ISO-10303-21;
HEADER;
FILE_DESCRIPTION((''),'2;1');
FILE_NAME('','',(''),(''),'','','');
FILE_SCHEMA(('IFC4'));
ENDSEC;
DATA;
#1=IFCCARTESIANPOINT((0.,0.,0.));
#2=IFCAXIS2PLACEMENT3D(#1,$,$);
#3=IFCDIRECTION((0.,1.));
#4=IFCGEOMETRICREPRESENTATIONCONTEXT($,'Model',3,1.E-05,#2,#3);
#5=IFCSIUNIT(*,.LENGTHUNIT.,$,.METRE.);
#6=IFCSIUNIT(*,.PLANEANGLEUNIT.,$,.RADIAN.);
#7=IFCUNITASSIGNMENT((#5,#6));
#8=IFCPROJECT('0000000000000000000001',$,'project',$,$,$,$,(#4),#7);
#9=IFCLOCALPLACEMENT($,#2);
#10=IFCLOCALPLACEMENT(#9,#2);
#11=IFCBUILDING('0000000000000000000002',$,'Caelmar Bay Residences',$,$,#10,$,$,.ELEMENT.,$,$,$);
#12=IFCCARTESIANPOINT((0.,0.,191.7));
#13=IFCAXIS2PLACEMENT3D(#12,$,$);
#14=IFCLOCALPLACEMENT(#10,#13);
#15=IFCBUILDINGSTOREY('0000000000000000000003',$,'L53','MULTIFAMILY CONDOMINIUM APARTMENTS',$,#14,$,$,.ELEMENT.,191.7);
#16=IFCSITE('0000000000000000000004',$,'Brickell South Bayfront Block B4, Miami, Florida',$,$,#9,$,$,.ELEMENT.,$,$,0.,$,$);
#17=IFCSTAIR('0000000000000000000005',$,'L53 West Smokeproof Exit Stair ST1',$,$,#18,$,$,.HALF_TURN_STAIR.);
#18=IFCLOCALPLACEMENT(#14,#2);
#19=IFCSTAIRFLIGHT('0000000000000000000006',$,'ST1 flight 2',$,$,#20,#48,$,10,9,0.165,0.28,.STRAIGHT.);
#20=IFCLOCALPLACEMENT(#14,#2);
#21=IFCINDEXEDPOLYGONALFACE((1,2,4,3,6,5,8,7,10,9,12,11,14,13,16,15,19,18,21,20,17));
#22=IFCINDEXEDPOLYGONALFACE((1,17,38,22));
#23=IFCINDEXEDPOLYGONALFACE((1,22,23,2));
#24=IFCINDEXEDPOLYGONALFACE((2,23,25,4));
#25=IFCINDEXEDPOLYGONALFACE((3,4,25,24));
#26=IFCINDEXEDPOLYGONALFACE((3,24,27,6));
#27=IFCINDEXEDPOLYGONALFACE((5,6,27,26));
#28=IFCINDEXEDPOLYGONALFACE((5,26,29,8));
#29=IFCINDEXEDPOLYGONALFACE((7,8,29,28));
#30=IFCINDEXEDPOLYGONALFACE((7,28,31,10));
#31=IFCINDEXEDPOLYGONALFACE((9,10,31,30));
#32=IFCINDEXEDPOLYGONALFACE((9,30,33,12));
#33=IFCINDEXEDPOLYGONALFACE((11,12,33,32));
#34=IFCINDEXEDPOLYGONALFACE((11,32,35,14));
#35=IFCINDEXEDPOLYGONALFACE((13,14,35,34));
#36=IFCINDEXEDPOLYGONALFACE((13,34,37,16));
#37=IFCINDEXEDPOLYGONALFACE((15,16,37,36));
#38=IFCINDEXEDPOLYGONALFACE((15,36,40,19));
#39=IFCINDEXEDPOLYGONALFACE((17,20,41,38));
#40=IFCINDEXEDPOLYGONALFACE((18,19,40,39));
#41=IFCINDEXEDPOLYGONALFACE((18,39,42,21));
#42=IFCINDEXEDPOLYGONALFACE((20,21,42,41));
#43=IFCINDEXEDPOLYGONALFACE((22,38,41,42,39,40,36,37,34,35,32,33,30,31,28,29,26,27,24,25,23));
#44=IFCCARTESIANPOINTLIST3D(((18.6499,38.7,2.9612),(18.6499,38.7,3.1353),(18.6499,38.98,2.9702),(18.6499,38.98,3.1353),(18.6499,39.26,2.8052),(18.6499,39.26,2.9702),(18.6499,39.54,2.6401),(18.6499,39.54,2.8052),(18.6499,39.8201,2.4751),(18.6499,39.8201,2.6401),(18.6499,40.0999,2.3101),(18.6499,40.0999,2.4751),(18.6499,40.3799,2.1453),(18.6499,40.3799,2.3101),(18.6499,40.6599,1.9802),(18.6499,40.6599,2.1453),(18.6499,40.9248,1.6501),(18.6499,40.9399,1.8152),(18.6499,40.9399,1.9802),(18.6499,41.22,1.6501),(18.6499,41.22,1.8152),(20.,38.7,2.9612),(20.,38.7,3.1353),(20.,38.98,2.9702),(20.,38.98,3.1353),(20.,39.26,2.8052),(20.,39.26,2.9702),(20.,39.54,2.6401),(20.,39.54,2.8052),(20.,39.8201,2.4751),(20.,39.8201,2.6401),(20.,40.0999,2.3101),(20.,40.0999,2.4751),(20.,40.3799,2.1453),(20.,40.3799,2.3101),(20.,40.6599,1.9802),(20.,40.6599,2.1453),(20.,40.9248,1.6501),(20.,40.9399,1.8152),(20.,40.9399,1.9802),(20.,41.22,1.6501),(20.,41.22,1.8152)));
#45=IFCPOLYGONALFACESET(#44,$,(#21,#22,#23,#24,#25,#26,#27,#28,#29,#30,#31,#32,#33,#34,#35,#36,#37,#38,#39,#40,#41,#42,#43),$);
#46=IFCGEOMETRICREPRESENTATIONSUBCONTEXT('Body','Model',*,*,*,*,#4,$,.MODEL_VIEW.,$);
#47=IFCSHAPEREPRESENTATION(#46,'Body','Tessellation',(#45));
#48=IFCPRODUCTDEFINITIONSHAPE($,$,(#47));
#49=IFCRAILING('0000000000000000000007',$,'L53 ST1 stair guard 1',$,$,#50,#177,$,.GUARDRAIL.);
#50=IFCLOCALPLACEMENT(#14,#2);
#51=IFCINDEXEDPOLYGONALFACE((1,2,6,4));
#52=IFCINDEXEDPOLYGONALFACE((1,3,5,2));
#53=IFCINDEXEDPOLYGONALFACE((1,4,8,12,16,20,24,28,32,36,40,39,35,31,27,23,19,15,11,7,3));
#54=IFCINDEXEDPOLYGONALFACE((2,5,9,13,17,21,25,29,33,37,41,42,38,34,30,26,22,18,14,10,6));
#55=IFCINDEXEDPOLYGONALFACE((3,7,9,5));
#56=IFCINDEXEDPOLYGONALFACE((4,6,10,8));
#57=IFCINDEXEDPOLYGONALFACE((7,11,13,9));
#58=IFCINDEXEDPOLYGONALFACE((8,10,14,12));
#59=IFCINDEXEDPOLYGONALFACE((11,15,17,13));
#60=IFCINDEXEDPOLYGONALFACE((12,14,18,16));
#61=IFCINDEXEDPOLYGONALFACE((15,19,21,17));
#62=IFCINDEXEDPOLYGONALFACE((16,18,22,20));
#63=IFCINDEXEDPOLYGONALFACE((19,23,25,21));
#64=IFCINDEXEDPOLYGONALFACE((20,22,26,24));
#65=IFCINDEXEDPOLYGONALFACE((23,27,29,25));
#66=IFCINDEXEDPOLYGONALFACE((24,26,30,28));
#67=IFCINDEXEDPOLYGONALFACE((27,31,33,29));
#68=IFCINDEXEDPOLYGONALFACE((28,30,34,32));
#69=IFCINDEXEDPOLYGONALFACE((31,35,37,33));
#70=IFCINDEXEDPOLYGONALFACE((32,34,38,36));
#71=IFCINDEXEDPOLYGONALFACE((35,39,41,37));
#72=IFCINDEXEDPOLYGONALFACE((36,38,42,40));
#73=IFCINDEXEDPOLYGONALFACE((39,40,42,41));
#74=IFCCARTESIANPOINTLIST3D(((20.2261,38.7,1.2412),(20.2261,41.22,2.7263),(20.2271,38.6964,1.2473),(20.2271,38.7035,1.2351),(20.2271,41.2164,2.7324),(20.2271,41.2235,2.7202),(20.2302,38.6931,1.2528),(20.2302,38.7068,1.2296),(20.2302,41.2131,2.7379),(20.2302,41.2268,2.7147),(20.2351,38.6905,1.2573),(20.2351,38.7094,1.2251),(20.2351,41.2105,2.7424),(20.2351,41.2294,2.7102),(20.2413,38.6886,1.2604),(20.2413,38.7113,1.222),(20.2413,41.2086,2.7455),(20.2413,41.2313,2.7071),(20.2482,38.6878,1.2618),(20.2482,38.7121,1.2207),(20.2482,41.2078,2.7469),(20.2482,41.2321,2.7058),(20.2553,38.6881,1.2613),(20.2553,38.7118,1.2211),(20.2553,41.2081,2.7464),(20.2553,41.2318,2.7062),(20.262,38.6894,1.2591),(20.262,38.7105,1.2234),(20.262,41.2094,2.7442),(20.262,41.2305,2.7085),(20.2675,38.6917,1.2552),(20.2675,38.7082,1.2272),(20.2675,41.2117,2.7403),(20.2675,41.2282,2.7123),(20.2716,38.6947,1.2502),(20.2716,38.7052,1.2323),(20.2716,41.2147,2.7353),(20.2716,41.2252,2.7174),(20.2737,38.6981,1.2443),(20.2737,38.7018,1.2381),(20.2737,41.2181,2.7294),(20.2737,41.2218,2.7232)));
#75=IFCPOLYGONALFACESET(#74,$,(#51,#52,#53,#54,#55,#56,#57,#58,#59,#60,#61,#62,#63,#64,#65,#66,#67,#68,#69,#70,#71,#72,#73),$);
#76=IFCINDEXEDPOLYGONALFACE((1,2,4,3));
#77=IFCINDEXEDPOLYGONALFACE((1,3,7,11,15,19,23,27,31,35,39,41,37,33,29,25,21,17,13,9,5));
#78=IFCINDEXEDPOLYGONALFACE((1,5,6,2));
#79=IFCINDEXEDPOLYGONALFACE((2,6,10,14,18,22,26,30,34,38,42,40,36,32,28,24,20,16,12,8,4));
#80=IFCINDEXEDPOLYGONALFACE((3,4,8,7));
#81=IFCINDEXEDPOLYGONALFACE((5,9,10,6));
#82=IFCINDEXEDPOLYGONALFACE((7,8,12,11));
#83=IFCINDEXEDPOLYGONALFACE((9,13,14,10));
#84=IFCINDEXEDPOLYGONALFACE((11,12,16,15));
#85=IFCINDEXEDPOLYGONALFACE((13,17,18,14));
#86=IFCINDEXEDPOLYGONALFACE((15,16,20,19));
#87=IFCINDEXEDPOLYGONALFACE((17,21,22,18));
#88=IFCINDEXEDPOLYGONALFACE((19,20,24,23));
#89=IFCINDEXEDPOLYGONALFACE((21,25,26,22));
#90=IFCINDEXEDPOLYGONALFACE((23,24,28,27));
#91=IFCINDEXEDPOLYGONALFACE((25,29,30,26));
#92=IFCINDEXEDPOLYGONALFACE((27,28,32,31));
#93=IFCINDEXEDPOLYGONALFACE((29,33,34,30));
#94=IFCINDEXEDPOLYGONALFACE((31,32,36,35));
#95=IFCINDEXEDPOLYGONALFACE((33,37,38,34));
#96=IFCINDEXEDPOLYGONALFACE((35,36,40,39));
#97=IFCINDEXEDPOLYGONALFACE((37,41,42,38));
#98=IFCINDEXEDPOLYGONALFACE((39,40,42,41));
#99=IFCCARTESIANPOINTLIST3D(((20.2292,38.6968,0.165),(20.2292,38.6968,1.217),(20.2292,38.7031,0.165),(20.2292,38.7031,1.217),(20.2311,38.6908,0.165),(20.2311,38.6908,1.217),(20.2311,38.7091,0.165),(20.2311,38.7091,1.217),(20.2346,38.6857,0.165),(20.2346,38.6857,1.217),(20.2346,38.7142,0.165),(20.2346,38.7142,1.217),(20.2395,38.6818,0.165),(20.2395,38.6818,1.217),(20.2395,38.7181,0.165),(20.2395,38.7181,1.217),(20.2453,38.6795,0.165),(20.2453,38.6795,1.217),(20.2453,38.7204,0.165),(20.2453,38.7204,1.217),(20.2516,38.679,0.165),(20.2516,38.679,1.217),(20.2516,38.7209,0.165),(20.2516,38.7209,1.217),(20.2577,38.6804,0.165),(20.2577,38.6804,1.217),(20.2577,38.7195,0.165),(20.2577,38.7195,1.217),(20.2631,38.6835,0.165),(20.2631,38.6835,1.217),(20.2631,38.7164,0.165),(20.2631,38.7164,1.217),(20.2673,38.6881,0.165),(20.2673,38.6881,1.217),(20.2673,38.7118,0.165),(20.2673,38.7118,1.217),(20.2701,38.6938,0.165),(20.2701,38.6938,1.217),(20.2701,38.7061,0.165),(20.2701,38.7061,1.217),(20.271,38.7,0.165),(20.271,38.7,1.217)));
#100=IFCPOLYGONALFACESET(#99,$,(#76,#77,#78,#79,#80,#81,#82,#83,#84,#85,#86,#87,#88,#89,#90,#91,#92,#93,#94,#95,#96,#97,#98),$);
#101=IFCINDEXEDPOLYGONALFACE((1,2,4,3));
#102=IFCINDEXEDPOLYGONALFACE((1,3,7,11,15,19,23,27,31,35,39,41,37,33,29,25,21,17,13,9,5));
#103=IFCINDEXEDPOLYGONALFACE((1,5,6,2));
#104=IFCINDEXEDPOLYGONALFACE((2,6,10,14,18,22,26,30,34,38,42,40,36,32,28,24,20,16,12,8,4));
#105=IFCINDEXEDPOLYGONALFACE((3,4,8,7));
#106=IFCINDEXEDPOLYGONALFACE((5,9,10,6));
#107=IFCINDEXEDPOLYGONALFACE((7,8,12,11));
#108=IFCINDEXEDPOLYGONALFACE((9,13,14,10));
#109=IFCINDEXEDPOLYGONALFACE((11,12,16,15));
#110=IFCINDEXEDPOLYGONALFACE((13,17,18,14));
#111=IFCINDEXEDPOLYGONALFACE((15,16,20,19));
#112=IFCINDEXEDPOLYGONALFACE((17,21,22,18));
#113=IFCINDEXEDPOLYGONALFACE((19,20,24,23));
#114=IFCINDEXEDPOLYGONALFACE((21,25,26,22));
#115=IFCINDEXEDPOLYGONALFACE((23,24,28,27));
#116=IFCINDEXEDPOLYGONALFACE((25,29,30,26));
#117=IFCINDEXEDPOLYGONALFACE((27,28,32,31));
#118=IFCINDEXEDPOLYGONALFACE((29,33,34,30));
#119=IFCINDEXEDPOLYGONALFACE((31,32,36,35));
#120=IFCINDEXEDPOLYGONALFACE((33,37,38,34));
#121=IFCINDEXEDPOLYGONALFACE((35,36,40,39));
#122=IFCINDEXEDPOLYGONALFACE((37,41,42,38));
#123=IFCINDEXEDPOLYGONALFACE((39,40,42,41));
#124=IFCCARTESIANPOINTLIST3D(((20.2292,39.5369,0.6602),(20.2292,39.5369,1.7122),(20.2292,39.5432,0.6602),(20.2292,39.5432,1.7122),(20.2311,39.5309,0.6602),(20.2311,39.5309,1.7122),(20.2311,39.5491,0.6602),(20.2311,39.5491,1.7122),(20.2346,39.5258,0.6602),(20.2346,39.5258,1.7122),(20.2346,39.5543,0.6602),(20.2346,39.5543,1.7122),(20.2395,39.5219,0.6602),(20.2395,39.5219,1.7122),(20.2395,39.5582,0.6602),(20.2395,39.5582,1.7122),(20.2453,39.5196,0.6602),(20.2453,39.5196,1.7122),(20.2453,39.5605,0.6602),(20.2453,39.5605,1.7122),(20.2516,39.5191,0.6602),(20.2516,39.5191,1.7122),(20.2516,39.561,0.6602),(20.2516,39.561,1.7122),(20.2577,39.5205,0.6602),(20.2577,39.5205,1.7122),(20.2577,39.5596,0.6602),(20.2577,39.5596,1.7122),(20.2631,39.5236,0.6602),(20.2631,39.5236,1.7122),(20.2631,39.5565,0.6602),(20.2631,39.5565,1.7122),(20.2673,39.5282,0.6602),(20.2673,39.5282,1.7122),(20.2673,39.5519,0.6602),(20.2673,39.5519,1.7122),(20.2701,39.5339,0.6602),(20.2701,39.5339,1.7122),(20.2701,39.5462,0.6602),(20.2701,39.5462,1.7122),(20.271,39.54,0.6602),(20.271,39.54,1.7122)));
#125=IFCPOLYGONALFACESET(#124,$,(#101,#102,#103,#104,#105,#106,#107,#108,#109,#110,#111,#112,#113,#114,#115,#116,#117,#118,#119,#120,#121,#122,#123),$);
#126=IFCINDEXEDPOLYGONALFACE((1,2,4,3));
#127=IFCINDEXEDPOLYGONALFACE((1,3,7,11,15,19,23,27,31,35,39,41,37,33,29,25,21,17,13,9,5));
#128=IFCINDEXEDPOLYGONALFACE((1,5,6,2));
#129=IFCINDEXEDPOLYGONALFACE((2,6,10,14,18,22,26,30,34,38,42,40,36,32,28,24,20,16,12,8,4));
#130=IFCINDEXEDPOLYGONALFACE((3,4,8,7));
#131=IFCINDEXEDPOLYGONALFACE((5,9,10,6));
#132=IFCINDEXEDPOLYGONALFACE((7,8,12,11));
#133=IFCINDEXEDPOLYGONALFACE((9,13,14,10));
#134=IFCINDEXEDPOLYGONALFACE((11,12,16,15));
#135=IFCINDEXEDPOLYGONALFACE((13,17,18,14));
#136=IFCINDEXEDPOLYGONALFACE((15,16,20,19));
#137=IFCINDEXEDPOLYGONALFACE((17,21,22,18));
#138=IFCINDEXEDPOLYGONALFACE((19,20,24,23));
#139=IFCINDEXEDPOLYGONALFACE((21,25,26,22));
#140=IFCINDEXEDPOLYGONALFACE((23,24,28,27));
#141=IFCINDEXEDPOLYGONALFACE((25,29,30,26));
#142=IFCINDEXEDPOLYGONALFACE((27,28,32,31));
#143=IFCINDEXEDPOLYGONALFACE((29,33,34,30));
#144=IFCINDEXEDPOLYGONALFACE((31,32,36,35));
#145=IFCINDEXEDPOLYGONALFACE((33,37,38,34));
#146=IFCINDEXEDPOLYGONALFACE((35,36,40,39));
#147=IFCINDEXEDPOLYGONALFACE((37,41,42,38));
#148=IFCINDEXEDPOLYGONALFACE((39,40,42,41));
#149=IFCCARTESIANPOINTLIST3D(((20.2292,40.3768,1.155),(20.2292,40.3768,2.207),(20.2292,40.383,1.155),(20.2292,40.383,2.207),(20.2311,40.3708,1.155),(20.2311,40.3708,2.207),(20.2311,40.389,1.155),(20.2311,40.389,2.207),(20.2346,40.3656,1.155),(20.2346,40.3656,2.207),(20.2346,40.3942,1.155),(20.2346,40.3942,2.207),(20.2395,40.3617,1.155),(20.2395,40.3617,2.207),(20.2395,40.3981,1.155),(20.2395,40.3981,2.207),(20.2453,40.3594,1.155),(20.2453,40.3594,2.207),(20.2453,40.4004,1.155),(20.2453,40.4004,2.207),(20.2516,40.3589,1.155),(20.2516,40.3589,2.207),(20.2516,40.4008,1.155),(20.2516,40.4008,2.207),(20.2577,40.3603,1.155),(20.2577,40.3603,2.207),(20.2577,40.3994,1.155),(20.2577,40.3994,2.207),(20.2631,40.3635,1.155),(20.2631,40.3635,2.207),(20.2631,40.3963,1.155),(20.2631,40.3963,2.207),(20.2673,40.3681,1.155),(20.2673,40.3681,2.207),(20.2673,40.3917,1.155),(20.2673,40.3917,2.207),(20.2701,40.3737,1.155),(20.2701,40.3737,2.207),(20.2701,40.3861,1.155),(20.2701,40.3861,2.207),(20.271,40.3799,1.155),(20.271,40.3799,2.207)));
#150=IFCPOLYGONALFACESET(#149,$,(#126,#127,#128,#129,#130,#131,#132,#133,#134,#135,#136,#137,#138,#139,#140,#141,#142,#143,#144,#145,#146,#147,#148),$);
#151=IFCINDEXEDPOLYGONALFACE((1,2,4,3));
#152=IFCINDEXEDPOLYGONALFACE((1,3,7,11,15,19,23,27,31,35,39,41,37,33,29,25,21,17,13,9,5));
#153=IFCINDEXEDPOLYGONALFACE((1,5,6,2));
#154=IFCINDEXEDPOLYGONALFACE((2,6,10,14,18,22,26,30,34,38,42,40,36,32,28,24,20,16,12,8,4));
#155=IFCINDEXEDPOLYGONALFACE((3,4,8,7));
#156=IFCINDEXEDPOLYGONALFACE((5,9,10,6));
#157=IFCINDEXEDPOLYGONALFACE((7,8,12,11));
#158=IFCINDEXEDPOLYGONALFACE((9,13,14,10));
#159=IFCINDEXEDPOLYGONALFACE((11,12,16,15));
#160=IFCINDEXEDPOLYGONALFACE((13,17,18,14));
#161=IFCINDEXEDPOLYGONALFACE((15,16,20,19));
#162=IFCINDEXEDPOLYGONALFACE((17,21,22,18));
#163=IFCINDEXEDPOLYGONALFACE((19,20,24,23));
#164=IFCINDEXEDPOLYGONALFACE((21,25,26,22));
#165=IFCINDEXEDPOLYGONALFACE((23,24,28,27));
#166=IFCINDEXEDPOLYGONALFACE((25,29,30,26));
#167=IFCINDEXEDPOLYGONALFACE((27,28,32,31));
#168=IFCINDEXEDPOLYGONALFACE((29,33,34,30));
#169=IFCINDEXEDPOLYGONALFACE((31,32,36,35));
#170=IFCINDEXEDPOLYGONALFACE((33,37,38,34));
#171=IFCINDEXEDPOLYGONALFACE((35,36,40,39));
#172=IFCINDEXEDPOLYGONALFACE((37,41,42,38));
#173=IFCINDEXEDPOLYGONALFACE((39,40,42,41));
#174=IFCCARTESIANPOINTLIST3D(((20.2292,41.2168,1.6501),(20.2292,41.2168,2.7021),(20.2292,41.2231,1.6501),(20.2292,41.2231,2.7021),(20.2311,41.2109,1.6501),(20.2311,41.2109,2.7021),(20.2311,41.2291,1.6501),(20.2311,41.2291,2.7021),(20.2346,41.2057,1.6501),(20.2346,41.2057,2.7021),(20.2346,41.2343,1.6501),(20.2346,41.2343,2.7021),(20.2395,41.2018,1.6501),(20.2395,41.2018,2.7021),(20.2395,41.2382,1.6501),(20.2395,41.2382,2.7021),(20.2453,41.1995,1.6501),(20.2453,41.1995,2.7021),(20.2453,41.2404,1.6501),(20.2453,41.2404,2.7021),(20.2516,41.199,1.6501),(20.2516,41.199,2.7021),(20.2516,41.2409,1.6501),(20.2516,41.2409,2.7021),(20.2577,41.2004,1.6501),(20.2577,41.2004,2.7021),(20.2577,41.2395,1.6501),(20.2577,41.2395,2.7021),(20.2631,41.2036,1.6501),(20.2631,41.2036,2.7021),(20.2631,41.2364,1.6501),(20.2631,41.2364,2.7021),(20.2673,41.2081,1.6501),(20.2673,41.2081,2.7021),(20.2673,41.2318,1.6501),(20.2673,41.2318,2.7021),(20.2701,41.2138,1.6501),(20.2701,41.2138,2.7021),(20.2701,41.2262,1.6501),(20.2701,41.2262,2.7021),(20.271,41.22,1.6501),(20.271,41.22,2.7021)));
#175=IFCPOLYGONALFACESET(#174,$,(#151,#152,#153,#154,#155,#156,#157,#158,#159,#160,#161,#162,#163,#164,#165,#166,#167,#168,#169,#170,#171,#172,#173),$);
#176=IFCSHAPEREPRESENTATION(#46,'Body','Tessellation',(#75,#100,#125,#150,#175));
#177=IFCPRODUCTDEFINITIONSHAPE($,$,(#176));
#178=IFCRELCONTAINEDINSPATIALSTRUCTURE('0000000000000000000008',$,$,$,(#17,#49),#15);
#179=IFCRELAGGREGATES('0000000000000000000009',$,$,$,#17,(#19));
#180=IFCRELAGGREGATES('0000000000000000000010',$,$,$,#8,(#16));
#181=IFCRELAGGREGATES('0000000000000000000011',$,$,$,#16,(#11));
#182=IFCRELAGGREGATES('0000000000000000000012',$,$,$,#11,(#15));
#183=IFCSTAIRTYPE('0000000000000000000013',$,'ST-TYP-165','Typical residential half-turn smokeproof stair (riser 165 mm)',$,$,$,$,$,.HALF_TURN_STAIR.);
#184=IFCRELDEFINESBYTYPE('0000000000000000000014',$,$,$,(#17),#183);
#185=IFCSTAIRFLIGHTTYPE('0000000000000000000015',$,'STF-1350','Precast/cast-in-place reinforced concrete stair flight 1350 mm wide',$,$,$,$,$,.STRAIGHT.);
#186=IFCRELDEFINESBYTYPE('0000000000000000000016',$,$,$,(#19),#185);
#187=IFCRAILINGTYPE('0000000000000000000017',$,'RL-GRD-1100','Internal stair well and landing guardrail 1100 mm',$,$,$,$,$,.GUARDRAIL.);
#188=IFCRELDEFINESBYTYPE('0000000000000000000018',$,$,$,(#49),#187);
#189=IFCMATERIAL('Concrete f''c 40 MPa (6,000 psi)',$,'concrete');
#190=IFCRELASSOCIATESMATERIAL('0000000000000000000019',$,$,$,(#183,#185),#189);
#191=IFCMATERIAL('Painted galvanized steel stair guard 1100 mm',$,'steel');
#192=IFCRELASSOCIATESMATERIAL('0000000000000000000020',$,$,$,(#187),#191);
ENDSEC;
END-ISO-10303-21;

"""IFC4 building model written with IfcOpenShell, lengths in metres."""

from ifc_helpers import new_model, si_unit, direction, frame, origin, origin_2d, place, context, subcontext, project, spatial, polyline, circle, outline, extrude, material, type_object, element, aggregate, save


model = new_model("IFC4")

# Units and contexts
model_context = context("Model", 3, precision=1e-05, world=origin(), true_north=direction((0.0, 1.0)))
body_context = subcontext(model_context, "Body", "Model", "MODEL_VIEW")
ifc_project = project(units=[si_unit("LENGTHUNIT", "METRE"), si_unit("PLANEANGLEUNIT", "RADIAN")], contexts=[model_context])

# Site, building, storey
site_placement = place(None, origin())
site = spatial("IfcSite", under=ifc_project, at=site_placement, Name="Brickell South Bayfront Block B4, Miami, Florida", CompositionType="ELEMENT", RefElevation=0.0)
building_placement = place(site_placement, origin())
building = spatial("IfcBuilding", under=site, at=building_placement, Name="Caelmar Bay Residences", CompositionType="ELEMENT")
storey_placement = place(building_placement, frame((0.0, 0.0, 191.7)))
storey = spatial("IfcBuildingStorey", under=building, at=storey_placement, Name="L53", Description="MULTIFAMILY CONDOMINIUM APARTMENTS", CompositionType="ELEMENT", Elevation=191.7)

# Stair, stair flight
ifc_material_1 = material(Name="Concrete f'c 40 MPa (6,000 psi)", Category="concrete")
stair_type = type_object("IfcStairType", Name="ST-TYP-165", Description="Typical residential half-turn smokeproof stair (riser 165 mm)", PredefinedType="HALF_TURN_STAIR", material=ifc_material_1)
stair_placement = place(storey_placement, origin())
stair = element("IfcStair", 1, at=stair_placement, inside=storey, type_object=stair_type, Name="L53 West Smokeproof Exit Stair ST1", PredefinedType="HALF_TURN_STAIR")
stair_flight_type = type_object("IfcStairFlightType", Name="STF-1350", Description="Precast/cast-in-place reinforced concrete stair flight 1350 mm wide", PredefinedType="STRAIGHT", material=ifc_material_1)
stair_flight_1_placement = place(storey_placement, frame((19.325, 41.22, 1.6501), z_axis=(0.0, 0.0, 1.0), x_axis=(0.0, -1.0, 0.0)))
stair_flight_1 = element("IfcStairFlight", 2, at=stair_flight_1_placement, type_object=stair_flight_type, Name="ST1 flight 2", NumberOfRisers=10, NumberOfTreads=9, PredefinedType="STRAIGHT", RiserHeight=0.165, TreadLength=0.28, context=body_context, shape_type="SweptSolid", body=[
    extrude(outline(polyline([(0.0, 0.0), (0.0, 0.165), (0.28, 0.165), (0.28, 0.3301), (0.5601, 0.3301), (0.5601, 0.4951), (0.8401, 0.4951), (0.8401, 0.6599), (1.1201, 0.6599), (1.1201, 0.825), (1.3999, 0.825), (1.3999, 0.99), (1.6799, 0.99), (1.6799, 1.155), (1.96, 1.155), (1.96, 1.3201), (2.24, 1.3201), (2.24, 1.4851), (2.52, 1.4851), (2.52, 1.6499), (2.52, 1.311), (0.2952, 0.0), (0.0, 0.0)])), frame((0.0, 0.675, 0.0), z_axis=(0.0, -1.0, 0.0), x_axis=(1.0, 0.0, 0.0)), (0.0, 0.0, 1.0), 1.3501),
])
aggregate(stair, [stair_flight_1])

# Railing
ifc_material_2 = material(Name="Painted galvanized steel stair guard 1100 mm", Category="steel")
railing_type_1 = type_object("IfcRailingType", Name="RL-GRD-1100", Description="Internal stair well and landing guardrail 1100 mm", PredefinedType="GUARDRAIL", material=ifc_material_2)
railing_1_placement = place(storey_placement, frame((20.25, 38.7, 0.165)))
element("IfcRailing", 3, at=railing_1_placement, inside=storey, type_object=railing_type_1, Name="L53 ST1 stair guard 1", PredefinedType="GUARDRAIL", context=body_context, shape_type="SweptSolid", body=[
    extrude(circle(Radius=0.0239, at=origin_2d()), frame((0.0, 0.0, 1.0762), z_axis=(0.0, 0.861524, 0.507717), x_axis=(-1.0, 0.0, 0.0)), (0.0, 0.0, 1.0), 2.925),
    extrude(circle(Radius=0.021, at=origin_2d()), origin(), (0.0, 0.0, 1.0), 1.052),
    extrude(circle(Radius=0.021, at=origin_2d()), frame((0.0, 0.8401, 0.4951)), (0.0, 0.0, 1.0), 1.052),
    extrude(circle(Radius=0.021, at=origin_2d()), frame((0.0, 1.6799, 0.99)), (0.0, 0.0, 1.0), 1.052),
    extrude(circle(Radius=0.021, at=origin_2d()), frame((0.0, 2.52, 1.4851)), (0.0, 0.0, 1.0), 1.052),
])

save(model, "model.ifc")
